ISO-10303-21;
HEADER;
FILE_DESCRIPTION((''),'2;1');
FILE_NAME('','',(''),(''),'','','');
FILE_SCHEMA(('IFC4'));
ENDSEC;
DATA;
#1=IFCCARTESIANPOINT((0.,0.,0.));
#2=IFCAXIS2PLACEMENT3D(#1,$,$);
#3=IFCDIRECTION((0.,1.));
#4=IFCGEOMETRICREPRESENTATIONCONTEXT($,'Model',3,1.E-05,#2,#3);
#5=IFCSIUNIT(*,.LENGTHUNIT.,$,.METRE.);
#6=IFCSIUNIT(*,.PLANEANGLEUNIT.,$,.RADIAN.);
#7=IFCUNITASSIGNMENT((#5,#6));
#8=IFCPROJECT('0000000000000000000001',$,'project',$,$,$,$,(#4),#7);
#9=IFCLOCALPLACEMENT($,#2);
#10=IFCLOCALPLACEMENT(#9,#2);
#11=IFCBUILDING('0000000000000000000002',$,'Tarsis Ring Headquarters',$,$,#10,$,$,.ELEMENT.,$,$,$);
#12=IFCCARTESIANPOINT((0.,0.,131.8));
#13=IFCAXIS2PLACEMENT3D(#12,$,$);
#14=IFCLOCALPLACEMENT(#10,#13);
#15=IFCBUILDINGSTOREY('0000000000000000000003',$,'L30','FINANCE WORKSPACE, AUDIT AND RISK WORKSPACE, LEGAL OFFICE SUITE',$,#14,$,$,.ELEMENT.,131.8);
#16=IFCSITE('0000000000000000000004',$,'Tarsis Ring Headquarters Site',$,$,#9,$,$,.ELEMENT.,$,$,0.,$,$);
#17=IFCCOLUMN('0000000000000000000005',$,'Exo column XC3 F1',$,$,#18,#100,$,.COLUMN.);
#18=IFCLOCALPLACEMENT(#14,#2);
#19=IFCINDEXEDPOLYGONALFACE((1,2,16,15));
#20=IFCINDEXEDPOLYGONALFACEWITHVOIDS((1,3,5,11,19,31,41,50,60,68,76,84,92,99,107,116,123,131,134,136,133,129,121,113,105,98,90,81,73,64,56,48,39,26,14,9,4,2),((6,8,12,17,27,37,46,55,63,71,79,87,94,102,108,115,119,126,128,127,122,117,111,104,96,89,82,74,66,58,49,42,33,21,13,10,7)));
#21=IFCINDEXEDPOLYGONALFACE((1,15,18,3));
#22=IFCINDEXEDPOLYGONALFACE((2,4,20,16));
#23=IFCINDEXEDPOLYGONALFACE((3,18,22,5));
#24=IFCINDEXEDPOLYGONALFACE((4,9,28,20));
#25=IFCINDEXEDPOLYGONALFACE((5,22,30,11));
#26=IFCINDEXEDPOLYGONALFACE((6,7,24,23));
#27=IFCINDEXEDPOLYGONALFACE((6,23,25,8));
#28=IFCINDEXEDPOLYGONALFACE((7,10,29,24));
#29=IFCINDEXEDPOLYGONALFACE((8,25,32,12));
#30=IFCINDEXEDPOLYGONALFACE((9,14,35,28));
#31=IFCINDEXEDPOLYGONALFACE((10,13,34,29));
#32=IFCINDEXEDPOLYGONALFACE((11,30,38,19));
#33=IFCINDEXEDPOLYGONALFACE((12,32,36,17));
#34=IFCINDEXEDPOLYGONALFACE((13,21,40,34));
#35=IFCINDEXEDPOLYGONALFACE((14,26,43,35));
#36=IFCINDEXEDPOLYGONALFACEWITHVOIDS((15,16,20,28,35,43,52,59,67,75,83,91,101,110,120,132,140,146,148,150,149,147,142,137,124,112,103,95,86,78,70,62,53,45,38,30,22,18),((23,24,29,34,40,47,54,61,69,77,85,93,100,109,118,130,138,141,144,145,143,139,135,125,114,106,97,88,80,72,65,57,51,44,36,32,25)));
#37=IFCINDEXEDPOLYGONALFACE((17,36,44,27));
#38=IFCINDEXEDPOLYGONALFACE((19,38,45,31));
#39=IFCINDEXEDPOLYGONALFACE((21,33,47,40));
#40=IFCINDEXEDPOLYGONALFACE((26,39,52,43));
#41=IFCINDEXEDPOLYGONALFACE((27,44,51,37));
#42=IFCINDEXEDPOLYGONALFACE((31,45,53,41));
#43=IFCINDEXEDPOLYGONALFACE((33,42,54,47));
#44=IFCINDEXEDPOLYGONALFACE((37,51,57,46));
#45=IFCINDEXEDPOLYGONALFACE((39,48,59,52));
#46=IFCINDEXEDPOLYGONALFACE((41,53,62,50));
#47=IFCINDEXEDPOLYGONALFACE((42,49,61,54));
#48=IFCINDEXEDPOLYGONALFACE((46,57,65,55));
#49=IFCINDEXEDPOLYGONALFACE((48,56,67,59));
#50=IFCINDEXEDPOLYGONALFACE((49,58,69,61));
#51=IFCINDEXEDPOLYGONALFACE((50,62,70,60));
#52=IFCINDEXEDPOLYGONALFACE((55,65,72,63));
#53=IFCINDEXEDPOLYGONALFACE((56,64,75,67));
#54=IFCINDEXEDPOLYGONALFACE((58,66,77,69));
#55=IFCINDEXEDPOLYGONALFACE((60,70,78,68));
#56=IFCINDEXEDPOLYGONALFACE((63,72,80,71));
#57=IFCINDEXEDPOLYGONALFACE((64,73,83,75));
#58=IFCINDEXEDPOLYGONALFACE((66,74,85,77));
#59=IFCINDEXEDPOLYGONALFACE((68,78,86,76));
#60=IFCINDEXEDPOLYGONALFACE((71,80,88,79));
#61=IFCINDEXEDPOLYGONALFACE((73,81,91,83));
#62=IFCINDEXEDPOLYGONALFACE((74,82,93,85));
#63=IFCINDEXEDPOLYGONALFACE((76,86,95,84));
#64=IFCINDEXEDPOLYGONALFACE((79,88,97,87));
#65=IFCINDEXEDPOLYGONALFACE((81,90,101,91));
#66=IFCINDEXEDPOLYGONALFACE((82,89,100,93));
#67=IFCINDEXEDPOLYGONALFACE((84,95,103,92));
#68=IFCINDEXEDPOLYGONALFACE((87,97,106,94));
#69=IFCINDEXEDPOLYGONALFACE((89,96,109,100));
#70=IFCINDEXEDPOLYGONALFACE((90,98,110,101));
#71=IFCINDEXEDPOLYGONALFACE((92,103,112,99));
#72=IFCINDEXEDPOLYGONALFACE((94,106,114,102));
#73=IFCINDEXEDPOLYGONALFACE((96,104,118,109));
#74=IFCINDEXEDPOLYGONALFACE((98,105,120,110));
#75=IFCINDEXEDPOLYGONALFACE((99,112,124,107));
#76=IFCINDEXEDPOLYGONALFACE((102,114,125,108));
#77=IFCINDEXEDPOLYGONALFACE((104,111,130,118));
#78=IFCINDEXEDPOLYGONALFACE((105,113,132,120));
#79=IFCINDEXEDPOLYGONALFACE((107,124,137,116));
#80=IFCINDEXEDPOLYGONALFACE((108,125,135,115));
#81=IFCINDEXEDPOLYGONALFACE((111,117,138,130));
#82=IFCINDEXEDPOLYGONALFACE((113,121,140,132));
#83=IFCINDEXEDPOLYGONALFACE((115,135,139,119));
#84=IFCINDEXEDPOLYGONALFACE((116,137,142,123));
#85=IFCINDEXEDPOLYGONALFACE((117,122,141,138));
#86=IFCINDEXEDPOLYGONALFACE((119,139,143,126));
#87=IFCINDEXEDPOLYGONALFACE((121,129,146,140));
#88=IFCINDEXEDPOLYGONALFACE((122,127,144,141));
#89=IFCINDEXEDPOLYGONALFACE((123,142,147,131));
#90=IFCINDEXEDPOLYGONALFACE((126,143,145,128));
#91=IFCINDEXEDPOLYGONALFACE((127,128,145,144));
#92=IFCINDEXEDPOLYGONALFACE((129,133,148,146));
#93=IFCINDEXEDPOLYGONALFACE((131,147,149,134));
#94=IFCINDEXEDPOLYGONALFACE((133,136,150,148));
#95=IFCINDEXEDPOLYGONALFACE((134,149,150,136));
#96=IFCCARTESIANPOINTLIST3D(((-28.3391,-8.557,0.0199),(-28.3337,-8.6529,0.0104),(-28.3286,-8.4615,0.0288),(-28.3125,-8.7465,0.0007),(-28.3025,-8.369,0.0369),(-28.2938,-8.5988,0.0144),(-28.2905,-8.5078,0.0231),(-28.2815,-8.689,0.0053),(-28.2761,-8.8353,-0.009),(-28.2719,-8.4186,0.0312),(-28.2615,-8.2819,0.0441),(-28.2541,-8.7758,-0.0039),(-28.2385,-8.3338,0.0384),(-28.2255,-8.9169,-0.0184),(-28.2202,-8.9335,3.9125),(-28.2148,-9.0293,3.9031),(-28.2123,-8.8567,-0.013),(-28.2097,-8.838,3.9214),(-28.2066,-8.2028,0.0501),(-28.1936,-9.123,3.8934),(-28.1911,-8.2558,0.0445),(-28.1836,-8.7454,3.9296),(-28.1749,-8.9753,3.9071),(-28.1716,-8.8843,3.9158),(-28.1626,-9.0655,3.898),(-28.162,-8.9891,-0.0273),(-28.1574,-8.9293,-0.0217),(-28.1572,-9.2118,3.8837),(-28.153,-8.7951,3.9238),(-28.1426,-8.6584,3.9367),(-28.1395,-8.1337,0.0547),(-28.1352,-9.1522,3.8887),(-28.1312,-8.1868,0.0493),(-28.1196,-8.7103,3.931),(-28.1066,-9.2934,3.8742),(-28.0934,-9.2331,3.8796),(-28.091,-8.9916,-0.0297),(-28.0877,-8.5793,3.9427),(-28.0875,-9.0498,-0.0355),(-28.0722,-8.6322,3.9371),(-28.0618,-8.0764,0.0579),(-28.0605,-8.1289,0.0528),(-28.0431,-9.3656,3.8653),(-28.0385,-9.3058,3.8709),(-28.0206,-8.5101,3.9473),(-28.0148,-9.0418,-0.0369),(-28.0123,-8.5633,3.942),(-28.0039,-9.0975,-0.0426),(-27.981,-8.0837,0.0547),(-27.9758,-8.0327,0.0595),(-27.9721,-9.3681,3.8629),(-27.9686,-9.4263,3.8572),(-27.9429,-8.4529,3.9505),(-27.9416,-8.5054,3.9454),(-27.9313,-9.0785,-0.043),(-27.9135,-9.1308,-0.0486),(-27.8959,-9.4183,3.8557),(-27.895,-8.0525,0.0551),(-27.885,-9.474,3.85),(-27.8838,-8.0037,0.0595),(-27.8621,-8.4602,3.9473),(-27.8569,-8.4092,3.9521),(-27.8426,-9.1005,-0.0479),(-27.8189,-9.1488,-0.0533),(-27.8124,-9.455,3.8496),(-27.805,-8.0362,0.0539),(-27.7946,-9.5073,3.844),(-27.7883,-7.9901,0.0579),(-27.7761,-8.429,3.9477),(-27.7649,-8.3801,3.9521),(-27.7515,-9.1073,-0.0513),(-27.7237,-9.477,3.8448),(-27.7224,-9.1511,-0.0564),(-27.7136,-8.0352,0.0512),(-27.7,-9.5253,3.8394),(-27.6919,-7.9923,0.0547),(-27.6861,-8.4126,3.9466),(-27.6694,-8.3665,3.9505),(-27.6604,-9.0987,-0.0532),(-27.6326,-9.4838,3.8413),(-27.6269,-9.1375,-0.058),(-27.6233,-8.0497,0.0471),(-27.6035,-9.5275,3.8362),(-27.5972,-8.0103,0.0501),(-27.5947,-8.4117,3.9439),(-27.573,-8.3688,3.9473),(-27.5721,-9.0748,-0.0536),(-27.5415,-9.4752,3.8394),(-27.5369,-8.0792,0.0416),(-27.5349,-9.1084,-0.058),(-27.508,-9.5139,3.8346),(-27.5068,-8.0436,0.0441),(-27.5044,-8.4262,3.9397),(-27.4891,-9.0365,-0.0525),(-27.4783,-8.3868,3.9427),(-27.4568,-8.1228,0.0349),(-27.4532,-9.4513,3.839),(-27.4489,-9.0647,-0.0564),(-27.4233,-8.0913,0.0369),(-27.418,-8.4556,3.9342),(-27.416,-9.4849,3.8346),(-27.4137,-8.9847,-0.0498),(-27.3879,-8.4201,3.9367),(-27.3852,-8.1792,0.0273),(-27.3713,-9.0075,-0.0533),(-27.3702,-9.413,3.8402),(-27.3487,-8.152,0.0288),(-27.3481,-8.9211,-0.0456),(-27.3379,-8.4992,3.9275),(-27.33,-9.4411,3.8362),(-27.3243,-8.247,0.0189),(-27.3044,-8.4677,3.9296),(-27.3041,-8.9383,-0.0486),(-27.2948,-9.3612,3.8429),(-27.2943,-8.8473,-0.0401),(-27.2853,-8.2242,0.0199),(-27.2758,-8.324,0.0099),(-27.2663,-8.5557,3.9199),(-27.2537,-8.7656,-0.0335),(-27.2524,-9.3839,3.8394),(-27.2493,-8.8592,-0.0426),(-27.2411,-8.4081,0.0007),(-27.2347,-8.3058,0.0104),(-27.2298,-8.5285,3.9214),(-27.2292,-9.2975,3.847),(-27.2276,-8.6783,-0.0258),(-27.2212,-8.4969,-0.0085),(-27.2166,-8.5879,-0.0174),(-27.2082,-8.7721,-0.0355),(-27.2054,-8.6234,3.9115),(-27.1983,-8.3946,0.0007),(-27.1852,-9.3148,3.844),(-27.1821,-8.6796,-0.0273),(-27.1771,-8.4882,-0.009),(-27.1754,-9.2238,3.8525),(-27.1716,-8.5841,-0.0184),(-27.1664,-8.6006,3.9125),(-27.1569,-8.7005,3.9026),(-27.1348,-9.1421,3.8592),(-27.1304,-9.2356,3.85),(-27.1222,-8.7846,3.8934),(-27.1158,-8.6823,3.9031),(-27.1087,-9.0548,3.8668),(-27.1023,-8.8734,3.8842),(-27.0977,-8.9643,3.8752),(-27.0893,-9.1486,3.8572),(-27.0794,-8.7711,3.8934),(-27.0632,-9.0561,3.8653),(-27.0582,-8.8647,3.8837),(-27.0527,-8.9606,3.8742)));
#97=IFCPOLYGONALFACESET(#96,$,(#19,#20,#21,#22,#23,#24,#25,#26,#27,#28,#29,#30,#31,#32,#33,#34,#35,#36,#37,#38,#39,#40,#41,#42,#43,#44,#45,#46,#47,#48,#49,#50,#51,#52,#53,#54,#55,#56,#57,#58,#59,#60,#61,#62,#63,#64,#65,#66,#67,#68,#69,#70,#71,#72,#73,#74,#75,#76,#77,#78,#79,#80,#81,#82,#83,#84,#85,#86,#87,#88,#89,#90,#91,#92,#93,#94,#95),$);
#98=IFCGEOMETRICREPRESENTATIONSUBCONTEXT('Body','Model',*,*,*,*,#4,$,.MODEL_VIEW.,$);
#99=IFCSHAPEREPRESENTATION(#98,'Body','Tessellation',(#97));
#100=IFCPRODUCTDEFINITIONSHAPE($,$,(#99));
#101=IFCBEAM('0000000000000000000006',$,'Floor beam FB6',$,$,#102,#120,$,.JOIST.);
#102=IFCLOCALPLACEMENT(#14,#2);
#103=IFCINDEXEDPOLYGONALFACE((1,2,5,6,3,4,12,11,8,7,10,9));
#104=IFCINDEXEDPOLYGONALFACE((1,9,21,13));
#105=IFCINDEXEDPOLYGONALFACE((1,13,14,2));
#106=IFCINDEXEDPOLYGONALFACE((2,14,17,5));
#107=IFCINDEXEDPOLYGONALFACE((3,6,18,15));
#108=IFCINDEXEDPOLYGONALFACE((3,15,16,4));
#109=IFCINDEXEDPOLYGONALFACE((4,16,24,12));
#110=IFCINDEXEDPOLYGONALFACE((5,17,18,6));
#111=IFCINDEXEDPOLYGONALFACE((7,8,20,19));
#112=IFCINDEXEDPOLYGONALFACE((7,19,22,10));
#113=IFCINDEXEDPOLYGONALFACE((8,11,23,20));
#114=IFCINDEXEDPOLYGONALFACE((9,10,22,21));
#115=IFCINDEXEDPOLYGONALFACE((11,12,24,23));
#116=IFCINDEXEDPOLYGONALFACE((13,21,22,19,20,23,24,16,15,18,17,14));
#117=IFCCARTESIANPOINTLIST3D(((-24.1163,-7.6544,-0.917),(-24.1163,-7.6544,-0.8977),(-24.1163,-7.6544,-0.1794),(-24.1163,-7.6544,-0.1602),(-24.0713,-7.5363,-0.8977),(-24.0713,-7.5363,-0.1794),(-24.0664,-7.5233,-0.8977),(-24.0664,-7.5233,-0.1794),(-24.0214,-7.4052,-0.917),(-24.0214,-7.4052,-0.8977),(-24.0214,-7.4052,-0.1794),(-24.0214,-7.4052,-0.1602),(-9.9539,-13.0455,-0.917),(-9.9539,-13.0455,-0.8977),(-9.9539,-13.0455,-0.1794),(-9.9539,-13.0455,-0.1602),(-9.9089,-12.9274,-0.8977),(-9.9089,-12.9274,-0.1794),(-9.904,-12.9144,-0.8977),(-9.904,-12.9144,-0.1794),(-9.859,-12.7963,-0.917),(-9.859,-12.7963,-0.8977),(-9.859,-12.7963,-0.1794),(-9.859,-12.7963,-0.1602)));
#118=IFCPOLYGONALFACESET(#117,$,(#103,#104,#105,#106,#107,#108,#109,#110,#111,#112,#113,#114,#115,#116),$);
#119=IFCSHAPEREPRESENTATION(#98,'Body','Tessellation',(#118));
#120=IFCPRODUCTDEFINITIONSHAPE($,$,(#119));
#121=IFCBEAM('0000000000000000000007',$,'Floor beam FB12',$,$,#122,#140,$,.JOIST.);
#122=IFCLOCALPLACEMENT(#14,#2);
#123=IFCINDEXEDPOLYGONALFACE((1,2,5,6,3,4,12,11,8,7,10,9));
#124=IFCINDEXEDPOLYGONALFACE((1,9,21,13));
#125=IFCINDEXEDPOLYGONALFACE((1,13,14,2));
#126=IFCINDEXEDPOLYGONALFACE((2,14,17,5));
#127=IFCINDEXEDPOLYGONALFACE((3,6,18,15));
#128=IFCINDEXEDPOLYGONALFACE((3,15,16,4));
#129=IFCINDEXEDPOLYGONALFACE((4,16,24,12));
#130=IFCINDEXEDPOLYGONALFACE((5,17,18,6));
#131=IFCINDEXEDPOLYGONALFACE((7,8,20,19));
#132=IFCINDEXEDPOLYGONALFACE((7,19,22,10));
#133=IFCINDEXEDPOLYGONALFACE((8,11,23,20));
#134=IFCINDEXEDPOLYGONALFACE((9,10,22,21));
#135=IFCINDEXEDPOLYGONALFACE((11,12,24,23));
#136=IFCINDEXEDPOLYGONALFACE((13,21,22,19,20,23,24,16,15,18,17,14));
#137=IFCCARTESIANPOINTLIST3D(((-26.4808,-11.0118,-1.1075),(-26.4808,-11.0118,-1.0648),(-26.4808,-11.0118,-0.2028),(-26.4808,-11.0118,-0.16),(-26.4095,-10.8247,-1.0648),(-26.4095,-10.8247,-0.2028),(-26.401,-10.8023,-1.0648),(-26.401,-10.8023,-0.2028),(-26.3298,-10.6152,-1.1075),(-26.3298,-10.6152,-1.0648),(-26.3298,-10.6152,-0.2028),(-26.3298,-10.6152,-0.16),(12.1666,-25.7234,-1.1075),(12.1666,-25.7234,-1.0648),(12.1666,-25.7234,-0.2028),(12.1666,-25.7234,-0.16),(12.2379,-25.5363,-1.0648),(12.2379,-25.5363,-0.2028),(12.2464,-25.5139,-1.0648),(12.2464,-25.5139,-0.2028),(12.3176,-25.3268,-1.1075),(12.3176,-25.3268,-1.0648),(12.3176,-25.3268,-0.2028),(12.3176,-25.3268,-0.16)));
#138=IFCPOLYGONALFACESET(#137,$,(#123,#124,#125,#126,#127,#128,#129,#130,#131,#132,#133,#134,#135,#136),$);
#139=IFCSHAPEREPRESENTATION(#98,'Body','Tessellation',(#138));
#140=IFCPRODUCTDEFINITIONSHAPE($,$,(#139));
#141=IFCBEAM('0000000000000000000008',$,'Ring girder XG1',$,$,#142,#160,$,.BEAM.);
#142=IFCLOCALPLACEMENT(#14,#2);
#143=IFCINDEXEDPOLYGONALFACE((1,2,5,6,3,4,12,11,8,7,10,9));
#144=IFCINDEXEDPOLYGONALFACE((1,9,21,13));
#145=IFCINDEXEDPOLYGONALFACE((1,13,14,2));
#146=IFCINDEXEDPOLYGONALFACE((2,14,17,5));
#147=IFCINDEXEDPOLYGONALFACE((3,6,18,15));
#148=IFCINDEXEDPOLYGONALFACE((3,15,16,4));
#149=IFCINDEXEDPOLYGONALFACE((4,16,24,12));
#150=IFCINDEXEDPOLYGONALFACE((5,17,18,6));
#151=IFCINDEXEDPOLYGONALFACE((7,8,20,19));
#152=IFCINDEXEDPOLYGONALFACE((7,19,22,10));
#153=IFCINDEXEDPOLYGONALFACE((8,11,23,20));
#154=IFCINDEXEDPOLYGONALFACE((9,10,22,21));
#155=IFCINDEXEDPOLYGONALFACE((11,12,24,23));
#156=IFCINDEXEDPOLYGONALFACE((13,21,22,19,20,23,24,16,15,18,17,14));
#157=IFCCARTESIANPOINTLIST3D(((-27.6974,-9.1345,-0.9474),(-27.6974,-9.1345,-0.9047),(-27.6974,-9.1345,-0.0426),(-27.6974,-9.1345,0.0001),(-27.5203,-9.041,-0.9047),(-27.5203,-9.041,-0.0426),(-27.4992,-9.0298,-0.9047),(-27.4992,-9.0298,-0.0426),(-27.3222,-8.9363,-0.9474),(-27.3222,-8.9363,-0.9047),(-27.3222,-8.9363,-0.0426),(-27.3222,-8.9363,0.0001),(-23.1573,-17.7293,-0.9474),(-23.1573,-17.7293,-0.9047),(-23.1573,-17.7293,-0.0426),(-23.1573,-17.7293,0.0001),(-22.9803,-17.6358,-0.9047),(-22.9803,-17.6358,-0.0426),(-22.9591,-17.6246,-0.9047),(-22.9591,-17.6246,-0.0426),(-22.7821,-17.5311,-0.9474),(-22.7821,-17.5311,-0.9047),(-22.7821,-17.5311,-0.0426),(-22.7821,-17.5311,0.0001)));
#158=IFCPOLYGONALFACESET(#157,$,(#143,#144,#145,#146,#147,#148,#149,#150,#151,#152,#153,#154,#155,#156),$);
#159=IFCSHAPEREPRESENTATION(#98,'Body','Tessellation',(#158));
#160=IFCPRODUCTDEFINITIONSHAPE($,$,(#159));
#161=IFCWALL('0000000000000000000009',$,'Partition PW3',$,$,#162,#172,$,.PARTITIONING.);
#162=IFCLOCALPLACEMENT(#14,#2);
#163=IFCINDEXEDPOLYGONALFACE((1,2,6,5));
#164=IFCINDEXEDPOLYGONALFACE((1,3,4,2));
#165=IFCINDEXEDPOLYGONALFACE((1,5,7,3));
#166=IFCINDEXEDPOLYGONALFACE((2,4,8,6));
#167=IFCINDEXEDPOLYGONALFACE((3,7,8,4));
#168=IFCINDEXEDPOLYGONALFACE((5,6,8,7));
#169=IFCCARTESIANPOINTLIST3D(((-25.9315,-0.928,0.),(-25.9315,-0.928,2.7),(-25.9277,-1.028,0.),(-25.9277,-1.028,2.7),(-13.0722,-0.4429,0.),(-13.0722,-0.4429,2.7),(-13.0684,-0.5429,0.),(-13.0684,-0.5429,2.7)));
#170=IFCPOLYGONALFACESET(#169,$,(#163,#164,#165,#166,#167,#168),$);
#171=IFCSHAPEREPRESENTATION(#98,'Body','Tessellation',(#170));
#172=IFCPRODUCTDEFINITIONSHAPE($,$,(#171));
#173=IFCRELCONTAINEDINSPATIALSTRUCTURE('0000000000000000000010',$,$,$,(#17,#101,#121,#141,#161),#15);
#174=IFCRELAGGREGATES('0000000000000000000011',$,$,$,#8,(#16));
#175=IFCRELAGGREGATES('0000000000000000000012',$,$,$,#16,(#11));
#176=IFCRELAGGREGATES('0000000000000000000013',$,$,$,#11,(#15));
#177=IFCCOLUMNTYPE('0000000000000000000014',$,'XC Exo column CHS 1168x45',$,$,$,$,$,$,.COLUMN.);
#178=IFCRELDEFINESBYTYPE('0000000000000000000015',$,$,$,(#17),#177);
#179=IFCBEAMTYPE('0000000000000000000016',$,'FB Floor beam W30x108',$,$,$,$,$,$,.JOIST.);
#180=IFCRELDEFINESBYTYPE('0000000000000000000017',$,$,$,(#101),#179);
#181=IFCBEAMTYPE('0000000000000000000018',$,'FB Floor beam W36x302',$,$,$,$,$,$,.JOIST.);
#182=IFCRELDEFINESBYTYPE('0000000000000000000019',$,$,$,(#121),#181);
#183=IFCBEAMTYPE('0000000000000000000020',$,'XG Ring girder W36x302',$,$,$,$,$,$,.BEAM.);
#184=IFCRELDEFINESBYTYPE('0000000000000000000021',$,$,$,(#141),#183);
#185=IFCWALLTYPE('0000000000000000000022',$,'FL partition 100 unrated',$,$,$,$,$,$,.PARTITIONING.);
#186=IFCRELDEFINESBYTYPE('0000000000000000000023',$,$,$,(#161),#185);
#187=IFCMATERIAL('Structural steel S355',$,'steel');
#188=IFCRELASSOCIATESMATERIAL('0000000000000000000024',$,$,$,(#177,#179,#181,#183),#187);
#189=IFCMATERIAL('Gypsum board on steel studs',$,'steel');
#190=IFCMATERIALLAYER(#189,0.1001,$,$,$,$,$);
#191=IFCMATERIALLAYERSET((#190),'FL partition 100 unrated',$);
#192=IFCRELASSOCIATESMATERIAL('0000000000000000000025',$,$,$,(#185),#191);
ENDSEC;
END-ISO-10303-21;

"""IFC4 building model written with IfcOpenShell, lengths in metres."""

from ifc_helpers import new_model, si_unit, direction, frame, frame_2d, origin, origin_2d, place, context, subcontext, project, spatial, rectangle, hollow_circle, i_section, extrude, material, layer, layer_set, material_profile, profile_set, type_object, element, save


model = new_model("IFC4")

# Units and contexts
model_context = context("Model", 3, precision=1e-05, world=origin(), true_north=direction((0.0, 1.0)))
body_context = subcontext(model_context, "Body", "Model", "MODEL_VIEW")
ifc_project = project(units=[si_unit("LENGTHUNIT", "METRE"), si_unit("PLANEANGLEUNIT", "RADIAN")], contexts=[model_context])

# Site, building, storey
site_placement = place(None, origin())
site = spatial("IfcSite", under=ifc_project, at=site_placement, Name="Tarsis Ring Headquarters Site", CompositionType="ELEMENT", RefElevation=0.0)
building_placement = place(site_placement, origin())
building = spatial("IfcBuilding", under=site, at=building_placement, Name="Tarsis Ring Headquarters", CompositionType="ELEMENT")
storey_placement = place(building_placement, frame((0.0, 0.0, 131.8)))
storey = spatial("IfcBuildingStorey", under=building, at=storey_placement, Name="L30", Description="FINANCE WORKSPACE, AUDIT AND RISK WORKSPACE, LEGAL OFFICE SUITE", CompositionType="ELEMENT", Elevation=131.8)

# Column
ifc_material_1 = material(Name="Structural steel S355", Category="steel")
ifc_material_profile_1 = material_profile(ifc_material_1, hollow_circle(Radius=0.5842, WallThickness=0.0449, at=origin_2d()), Name="CHS 1168x45")
ifc_profile_set_1 = profile_set([ifc_material_profile_1], Name="Structural steel S355")
column_type = type_object("IfcColumnType", Name="XC Exo column CHS 1168x45", PredefinedType="COLUMN", material=ifc_profile_set_1)
column_placement = place(storey_placement, frame((-27.7554, -8.5706, 0.0007), z_axis=(0.030389, -0.09622, 0.994896), x_axis=(0.953573, 0.301161, 0.0)))
element("IfcColumn", 1, at=column_placement, inside=storey, type_object=column_type, Name="Exo column XC3 F1", PredefinedType="COLUMN", context=body_context, shape_type="SweptSolid", body=[
    extrude(hollow_circle(Radius=0.5842, WallThickness=0.0449, at=origin_2d()), origin(), (0.0, 0.0, 1.0), 3.9126),
])

# Beams
ifc_material_profile_2 = material_profile(ifc_material_1, i_section(OverallWidth=0.2666, OverallDepth=0.7568, WebThickness=0.0139, FlangeThickness=0.0193, at=origin_2d()), Name="W30x108")
ifc_profile_set_2 = profile_set([ifc_material_profile_2], Name="Structural steel S355")
beam_type_1 = type_object("IfcBeamType", Name="FB Floor beam W30x108", PredefinedType="JOIST", material=ifc_profile_set_2)
beam_1_placement = place(storey_placement, frame((-24.0688, -7.5298, -0.5386), z_axis=(0.934577, -0.355761, 0.0), x_axis=(0.355761, 0.934577, 0.0)))
element("IfcBeam", 2, at=beam_1_placement, inside=storey, type_object=beam_type_1, Name="Floor beam FB6", PredefinedType="JOIST", context=body_context, shape_type="SweptSolid", body=[
    extrude(i_section(OverallWidth=0.2666, OverallDepth=0.7568, WebThickness=0.0139, FlangeThickness=0.0193, at=origin_2d()), origin(), (0.0, 0.0, 1.0), 15.1538),
])
ifc_material_profile_3 = material_profile(ifc_material_1, i_section(OverallWidth=0.4243, OverallDepth=0.9475, WebThickness=0.0239, FlangeThickness=0.0427, at=origin_2d()), Name="W36x302")
ifc_profile_set_3 = profile_set([ifc_material_profile_3], Name="Structural steel S355")
beam_type_2 = type_object("IfcBeamType", Name="FB Floor beam W36x302", PredefinedType="JOIST", material=ifc_profile_set_3)
beam_2_placement = place(storey_placement, frame((-26.4053, -10.8135, -0.6338), z_axis=(0.934578, -0.355759, 0.0), x_axis=(0.355759, 0.934578, 0.0)))
element("IfcBeam", 3, at=beam_2_placement, inside=storey, type_object=beam_type_2, Name="Floor beam FB12", PredefinedType="JOIST", context=body_context, shape_type="SweptSolid", body=[
    extrude(i_section(OverallWidth=0.4243, OverallDepth=0.9475, WebThickness=0.0239, FlangeThickness=0.0427, at=origin_2d()), origin(), (0.0, 0.0, 1.0), 41.3528),
])
beam_type_3 = type_object("IfcBeamType", Name="XG Ring girder W36x302", PredefinedType="BEAM", material=ifc_profile_set_3)
beam_3_placement = place(storey_placement, frame((-27.5098, -9.0354, -0.4736), z_axis=(0.467075, -0.884218, 0.0), x_axis=(0.884218, 0.467075, 0.0)))
element("IfcBeam", 4, at=beam_3_placement, inside=storey, type_object=beam_type_3, Name="Ring girder XG1", PredefinedType="BEAM", context=body_context, shape_type="SweptSolid", body=[
    extrude(i_section(OverallWidth=0.4243, OverallDepth=0.9475, WebThickness=0.0239, FlangeThickness=0.0427, at=origin_2d()), origin(), (0.0, 0.0, 1.0), 9.7202),
])

# Wall
ifc_material_2 = material(Name="Gypsum board on steel studs", Category="steel")
ifc_layer_1 = layer(ifc_material_2, 0.1001)
ifc_layer_set_1 = layer_set([ifc_layer_1], Name="FL partition 100 unrated")
wall_type_1 = type_object("IfcWallType", Name="FL partition 100 unrated", PredefinedType="PARTITIONING", material=ifc_layer_set_1)
wall_1_placement = place(storey_placement, frame((-25.9294, -0.978, 0.0), z_axis=(0.0, 0.0, 1.0), x_axis=(0.999289, 0.037697, 0.0)))
element("IfcWall", 5, at=wall_1_placement, inside=storey, type_object=wall_type_1, Name="Partition PW3", PredefinedType="PARTITIONING", context=body_context, shape_type="SweptSolid", body=[
    extrude(rectangle(XDim=12.8684, YDim=0.1001, at=frame_2d((6.4341, 0.0))), origin(), (0.0, 0.0, 1.0), 2.7),
])

save(model, "model.ifc")
